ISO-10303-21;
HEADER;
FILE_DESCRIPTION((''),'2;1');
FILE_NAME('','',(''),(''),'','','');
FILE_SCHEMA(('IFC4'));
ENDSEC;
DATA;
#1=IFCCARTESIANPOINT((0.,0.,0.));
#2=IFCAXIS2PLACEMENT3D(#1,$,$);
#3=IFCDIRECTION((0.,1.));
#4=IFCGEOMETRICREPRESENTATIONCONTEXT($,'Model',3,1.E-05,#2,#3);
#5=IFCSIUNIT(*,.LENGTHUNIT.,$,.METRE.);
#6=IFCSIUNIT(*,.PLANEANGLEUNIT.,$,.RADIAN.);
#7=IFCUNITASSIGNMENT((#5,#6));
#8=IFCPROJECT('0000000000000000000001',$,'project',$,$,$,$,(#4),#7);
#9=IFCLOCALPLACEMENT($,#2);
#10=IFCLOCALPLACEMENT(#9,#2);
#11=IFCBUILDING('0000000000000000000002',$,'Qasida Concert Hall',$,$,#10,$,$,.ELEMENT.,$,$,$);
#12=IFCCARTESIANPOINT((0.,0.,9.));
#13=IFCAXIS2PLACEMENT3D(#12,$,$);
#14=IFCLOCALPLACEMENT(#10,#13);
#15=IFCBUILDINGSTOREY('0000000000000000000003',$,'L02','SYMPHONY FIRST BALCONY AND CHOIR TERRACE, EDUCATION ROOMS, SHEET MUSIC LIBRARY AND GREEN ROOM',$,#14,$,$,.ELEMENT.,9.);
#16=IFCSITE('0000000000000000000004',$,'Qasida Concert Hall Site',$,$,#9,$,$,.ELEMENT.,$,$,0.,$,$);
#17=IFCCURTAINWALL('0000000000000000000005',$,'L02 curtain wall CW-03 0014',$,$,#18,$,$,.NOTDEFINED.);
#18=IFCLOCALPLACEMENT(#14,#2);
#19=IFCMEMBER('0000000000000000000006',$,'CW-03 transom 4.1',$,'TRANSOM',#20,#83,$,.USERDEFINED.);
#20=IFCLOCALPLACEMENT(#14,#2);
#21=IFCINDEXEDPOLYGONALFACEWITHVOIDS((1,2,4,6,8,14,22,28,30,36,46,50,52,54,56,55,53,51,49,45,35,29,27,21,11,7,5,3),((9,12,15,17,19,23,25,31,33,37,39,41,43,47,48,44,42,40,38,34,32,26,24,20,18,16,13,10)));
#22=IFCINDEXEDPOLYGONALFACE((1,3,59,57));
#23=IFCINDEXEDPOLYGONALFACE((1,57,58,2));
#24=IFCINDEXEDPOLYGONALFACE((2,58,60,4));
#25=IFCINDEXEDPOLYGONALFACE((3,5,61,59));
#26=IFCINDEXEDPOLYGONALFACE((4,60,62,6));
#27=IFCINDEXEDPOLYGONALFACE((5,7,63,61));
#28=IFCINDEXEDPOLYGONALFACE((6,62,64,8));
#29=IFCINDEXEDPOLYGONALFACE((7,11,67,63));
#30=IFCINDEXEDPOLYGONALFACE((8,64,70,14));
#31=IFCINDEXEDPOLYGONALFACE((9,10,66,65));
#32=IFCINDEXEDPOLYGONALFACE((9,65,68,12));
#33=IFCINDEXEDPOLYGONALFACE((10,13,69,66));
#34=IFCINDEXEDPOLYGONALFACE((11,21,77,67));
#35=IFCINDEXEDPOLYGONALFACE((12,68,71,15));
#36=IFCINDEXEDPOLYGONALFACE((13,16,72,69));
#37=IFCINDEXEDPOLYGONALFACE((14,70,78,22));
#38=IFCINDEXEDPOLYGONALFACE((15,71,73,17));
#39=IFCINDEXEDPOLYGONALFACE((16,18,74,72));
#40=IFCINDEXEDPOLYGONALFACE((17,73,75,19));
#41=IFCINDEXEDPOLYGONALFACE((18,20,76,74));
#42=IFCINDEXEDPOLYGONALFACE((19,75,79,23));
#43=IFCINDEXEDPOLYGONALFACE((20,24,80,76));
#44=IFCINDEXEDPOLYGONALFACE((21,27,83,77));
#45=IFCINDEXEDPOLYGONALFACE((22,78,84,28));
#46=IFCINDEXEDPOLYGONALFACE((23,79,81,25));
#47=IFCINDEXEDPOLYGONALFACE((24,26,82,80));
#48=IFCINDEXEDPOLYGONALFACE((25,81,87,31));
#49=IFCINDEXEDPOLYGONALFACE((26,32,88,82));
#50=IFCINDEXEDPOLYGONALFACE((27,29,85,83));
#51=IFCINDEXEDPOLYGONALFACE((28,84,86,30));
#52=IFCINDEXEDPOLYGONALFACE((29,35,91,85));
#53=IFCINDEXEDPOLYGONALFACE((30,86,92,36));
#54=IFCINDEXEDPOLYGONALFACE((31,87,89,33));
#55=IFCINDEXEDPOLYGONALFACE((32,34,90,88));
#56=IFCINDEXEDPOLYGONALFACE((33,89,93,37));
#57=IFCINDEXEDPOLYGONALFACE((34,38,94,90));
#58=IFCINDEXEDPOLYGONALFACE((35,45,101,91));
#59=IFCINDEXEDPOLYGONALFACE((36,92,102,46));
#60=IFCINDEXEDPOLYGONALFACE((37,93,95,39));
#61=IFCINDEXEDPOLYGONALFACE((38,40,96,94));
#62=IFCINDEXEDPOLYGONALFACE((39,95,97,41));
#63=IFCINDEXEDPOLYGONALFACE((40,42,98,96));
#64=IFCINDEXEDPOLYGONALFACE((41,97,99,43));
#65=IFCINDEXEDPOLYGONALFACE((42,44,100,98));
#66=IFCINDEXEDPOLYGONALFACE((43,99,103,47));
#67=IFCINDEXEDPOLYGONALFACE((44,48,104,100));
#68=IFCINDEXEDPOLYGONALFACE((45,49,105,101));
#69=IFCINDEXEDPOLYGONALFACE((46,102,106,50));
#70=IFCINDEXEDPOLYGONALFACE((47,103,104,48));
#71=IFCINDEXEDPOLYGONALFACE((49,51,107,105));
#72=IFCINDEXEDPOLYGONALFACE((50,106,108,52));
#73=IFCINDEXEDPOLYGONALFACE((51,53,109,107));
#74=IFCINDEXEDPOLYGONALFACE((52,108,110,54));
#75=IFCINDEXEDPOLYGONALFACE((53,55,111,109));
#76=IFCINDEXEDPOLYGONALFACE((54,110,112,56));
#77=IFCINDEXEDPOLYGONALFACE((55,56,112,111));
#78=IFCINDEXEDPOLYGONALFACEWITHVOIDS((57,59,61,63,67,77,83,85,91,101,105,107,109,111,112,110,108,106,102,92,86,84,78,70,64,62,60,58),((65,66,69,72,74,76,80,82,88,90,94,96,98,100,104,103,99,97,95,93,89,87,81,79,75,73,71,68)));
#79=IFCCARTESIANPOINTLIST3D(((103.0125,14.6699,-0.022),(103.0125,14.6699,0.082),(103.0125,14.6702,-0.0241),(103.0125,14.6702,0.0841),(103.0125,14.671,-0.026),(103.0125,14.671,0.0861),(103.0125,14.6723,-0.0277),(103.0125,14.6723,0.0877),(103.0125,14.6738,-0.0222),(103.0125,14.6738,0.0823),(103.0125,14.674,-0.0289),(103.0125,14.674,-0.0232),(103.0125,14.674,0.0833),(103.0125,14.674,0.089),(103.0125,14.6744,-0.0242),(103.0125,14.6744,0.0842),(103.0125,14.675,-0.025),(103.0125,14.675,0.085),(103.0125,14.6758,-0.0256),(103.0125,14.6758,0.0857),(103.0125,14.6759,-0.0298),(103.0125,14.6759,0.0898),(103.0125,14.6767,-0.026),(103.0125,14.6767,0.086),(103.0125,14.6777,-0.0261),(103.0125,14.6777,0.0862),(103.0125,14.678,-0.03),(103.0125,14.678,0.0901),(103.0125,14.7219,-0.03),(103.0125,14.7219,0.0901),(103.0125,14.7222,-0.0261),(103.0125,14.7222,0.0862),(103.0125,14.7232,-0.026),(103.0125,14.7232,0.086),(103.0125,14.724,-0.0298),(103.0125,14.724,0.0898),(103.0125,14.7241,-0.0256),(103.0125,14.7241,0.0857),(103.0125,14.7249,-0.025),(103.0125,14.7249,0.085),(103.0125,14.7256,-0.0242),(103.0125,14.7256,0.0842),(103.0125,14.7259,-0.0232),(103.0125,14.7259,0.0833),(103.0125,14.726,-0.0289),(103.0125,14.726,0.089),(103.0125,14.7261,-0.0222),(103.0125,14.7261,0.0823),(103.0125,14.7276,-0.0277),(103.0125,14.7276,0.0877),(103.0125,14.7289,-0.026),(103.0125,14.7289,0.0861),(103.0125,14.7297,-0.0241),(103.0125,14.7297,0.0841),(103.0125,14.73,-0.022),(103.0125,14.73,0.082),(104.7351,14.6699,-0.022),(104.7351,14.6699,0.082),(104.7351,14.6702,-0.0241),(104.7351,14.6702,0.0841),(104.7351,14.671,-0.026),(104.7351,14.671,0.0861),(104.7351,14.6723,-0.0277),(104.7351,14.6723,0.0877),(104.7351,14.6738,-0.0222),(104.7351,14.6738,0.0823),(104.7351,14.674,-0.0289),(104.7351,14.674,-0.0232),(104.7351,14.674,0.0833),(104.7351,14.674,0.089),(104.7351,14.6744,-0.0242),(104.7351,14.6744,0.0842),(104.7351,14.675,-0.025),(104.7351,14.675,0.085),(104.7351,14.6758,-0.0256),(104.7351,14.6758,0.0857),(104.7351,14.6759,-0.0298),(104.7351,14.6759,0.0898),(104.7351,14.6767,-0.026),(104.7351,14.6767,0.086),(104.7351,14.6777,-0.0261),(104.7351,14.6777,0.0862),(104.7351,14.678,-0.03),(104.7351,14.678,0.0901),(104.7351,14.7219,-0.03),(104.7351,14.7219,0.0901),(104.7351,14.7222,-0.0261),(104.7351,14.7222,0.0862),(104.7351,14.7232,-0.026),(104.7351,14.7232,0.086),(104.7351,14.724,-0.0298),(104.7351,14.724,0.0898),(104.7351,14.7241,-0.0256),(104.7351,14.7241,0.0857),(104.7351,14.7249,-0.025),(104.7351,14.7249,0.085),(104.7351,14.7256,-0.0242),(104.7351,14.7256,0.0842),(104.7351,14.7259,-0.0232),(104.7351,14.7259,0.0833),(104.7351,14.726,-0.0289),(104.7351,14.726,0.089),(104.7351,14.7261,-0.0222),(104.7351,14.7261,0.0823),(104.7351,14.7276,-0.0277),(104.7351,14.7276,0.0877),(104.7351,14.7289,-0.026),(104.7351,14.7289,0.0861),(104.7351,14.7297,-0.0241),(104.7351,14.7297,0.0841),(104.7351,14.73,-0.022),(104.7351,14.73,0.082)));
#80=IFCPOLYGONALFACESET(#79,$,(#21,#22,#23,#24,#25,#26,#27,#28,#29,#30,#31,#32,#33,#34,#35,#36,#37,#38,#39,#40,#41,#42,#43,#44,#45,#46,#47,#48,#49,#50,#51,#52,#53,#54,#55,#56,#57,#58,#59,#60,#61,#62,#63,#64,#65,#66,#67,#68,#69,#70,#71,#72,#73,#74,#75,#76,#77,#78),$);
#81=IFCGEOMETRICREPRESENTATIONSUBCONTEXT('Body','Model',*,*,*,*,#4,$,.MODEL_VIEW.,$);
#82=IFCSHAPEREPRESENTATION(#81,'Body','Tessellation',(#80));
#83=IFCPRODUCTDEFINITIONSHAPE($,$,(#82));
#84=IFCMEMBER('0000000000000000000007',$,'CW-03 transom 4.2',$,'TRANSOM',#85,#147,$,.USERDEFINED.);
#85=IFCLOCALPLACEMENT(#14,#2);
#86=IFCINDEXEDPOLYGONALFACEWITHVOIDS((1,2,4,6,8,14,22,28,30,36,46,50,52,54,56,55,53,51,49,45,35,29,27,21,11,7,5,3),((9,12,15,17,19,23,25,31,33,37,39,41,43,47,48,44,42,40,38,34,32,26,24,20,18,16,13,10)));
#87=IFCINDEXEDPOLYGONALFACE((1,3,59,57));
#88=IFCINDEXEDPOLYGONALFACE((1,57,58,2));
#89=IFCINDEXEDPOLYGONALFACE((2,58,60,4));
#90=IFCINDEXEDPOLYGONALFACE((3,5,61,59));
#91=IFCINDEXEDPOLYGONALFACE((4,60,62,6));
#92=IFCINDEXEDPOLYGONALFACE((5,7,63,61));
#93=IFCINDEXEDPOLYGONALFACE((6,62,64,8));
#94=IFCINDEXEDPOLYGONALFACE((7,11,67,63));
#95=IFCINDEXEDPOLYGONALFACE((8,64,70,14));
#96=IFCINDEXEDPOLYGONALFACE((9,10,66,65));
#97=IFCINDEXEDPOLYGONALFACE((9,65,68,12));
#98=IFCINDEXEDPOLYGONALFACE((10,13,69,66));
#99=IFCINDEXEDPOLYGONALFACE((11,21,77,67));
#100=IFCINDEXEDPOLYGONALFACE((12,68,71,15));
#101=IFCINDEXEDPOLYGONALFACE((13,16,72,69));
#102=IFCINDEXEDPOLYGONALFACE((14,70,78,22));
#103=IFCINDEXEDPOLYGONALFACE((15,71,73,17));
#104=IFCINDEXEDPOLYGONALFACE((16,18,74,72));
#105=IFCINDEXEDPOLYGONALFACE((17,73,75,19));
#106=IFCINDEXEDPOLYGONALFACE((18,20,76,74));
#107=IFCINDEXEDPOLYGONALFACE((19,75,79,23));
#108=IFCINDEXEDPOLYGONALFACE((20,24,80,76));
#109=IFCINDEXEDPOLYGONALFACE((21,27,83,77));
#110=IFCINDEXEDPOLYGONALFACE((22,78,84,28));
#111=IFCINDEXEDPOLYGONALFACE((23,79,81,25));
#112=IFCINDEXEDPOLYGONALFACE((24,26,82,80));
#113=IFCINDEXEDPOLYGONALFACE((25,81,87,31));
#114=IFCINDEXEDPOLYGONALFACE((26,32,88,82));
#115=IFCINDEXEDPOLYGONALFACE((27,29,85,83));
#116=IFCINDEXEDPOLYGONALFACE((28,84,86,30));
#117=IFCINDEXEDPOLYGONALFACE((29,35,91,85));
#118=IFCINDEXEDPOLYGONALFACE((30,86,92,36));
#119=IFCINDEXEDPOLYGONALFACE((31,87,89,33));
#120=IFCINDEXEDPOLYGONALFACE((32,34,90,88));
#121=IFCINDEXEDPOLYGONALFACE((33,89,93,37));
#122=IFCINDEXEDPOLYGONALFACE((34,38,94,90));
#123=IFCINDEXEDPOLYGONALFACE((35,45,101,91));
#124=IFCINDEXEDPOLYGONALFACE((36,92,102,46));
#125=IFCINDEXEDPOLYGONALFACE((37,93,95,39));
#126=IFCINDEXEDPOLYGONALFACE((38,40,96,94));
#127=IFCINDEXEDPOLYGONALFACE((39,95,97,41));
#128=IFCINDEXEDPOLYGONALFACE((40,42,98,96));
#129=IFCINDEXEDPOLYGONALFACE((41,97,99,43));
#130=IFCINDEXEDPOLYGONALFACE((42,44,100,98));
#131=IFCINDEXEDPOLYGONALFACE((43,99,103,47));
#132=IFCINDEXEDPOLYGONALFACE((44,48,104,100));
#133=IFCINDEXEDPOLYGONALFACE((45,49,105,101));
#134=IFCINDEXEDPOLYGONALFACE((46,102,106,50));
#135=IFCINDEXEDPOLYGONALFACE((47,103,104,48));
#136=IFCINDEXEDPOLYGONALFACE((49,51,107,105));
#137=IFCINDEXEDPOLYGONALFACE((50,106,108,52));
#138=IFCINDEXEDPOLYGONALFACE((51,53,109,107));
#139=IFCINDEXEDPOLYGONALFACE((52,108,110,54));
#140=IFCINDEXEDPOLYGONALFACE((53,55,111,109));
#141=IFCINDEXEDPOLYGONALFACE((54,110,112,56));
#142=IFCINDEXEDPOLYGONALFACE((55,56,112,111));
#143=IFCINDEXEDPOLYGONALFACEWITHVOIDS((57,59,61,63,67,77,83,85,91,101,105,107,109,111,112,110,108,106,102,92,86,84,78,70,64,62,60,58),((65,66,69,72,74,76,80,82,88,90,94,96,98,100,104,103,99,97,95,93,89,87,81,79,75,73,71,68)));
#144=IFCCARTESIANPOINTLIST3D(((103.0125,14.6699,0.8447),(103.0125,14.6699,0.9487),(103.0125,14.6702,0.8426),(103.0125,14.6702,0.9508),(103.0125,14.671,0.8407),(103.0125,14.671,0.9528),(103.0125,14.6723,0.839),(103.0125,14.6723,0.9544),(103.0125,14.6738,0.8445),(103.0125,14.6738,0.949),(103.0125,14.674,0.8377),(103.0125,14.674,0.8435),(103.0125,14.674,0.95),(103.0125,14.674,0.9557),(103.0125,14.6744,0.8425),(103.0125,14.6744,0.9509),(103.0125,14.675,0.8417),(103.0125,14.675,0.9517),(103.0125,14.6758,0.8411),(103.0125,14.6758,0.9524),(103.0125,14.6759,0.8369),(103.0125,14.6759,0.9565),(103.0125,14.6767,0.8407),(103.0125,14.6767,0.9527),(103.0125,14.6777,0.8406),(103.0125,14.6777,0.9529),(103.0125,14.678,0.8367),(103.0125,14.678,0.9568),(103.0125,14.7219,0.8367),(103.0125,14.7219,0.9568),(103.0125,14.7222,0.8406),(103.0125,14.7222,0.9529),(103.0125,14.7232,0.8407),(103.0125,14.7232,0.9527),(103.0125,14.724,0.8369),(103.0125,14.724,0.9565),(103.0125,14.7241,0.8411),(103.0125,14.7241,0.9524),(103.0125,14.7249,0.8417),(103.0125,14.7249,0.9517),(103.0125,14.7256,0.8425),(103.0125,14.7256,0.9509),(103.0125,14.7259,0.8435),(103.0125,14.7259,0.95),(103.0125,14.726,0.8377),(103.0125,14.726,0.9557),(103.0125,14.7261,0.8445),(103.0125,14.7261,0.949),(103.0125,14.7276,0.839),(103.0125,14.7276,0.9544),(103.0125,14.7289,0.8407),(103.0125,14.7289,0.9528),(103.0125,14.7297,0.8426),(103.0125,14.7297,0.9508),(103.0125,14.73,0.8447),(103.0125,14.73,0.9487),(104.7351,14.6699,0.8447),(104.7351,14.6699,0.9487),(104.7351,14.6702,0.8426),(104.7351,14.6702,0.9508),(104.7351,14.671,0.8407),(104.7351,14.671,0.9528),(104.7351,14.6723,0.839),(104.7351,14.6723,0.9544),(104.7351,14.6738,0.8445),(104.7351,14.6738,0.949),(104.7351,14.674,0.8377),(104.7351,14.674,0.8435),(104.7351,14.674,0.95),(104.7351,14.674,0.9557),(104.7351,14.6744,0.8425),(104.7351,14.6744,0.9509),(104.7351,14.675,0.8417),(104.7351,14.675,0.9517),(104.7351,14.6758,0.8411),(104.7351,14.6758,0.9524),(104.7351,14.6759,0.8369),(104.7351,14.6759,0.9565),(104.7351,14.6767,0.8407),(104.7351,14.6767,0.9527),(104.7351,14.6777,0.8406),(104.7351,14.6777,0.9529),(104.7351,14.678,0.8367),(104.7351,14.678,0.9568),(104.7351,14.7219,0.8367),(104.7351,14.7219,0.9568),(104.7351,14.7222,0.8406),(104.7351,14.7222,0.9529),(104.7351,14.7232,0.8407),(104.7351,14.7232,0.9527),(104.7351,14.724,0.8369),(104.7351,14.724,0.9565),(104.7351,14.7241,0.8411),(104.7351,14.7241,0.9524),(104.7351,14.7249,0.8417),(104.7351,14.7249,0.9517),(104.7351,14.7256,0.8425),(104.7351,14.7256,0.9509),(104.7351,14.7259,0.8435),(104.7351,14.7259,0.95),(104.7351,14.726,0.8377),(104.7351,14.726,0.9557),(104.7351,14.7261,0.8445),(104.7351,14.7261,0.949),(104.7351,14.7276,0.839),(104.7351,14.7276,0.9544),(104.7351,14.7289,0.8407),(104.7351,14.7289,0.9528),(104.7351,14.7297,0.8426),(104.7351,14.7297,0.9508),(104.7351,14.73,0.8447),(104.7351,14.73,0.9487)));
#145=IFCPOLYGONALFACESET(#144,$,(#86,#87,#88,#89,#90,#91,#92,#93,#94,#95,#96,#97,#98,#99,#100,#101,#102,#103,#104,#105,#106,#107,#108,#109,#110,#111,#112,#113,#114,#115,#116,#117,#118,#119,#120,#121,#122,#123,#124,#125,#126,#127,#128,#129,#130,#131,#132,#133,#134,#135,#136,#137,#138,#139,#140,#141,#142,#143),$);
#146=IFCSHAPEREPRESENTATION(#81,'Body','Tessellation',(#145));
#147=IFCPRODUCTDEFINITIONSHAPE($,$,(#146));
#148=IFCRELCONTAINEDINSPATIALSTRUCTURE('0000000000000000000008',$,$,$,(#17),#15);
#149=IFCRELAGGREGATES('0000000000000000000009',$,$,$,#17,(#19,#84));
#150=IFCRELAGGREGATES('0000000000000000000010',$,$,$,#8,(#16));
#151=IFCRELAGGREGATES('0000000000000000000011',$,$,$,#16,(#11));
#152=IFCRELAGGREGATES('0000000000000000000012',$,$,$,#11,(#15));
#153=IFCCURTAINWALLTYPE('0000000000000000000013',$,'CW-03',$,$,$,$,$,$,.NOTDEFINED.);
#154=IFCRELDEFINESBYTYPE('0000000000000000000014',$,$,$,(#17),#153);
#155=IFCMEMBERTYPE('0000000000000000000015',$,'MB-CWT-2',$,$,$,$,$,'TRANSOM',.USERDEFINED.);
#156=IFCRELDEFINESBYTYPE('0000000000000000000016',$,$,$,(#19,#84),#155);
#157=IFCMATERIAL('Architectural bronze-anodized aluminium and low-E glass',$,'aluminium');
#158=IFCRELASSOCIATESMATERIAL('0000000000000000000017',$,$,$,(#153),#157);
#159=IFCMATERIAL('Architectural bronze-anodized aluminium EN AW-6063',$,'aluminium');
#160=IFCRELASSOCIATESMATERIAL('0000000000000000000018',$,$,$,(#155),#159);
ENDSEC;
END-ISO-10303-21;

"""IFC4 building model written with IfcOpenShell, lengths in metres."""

from ifc_helpers import new_model, si_unit, direction, frame, origin, origin_2d, place, context, subcontext, project, spatial, hollow_rectangle, extrude, material, material_profile, profile_set, type_object, element, aggregate, save


model = new_model("IFC4")

# Units and contexts
model_context = context("Model", 3, precision=1e-05, world=origin(), true_north=direction((0.0, 1.0)))
body_context = subcontext(model_context, "Body", "Model", "MODEL_VIEW")
ifc_project = project(units=[si_unit("LENGTHUNIT", "METRE"), si_unit("PLANEANGLEUNIT", "RADIAN")], contexts=[model_context])

# Site, building, storey
site_placement = place(None, origin())
site = spatial("IfcSite", under=ifc_project, at=site_placement, Name="Qasida Concert Hall Site", CompositionType="ELEMENT", RefElevation=0.0)
building_placement = place(site_placement, origin())
building = spatial("IfcBuilding", under=site, at=building_placement, Name="Qasida Concert Hall", CompositionType="ELEMENT")
storey_placement = place(building_placement, frame((0.0, 0.0, 9.0)))
storey = spatial("IfcBuildingStorey", under=building, at=storey_placement, Name="L02", Description="SYMPHONY FIRST BALCONY AND CHOIR TERRACE, EDUCATION ROOMS, SHEET MUSIC LIBRARY AND GREEN ROOM", CompositionType="ELEMENT", Elevation=9.0)

# Curtain wall, members
ifc_material_1 = material(Name="Architectural bronze-anodized aluminium and low-E glass", Category="aluminium")
curtain_wall_type = type_object("IfcCurtainWallType", Name="CW-03", PredefinedType="NOTDEFINED", material=ifc_material_1)
curtain_wall_placement = place(storey_placement, origin())
curtain_wall = element("IfcCurtainWall", 1, at=curtain_wall_placement, inside=storey, type_object=curtain_wall_type, Name="L02 curtain wall CW-03 0014", PredefinedType="NOTDEFINED")
ifc_material_2 = material(Name="Architectural bronze-anodized aluminium EN AW-6063", Category="aluminium")
ifc_material_profile_1 = material_profile(ifc_material_2, hollow_rectangle(XDim=0.0601, YDim=0.1201, WallThickness=0.0039, InnerFilletRadius=0.0039, OuterFilletRadius=0.0081, at=origin_2d()), Name="CWT 120x60x4")
ifc_profile_set_1 = profile_set([ifc_material_profile_1], Name="Architectural bronze-anodized aluminium EN AW-6063")
member_type_1 = type_object("IfcMemberType", Name="MB-CWT-2", ElementType="TRANSOM", PredefinedType="USERDEFINED", material=ifc_profile_set_1)
member_1_placement = place(storey_placement, frame((103.0125, 14.7, 0.03), z_axis=(1.0, 0.0, 0.0), x_axis=(0.0, 1.0, 0.0)))
member_1 = element("IfcMember", 2, at=member_1_placement, type_object=member_type_1, Name="CW-03 transom 4.1", ObjectType="TRANSOM", PredefinedType="USERDEFINED", context=body_context, shape_type="SweptSolid", body=[
    extrude(hollow_rectangle(XDim=0.0601, YDim=0.1201, WallThickness=0.0039, InnerFilletRadius=0.0039, OuterFilletRadius=0.0081, at=origin_2d()), origin(), (0.0, 0.0, 1.0), 1.7227),
])
member_2_placement = place(storey_placement, frame((103.0125, 14.7, 0.8967), z_axis=(1.0, 0.0, 0.0), x_axis=(0.0, 1.0, 0.0)))
member_2 = element("IfcMember", 3, at=member_2_placement, type_object=member_type_1, Name="CW-03 transom 4.2", ObjectType="TRANSOM", PredefinedType="USERDEFINED", context=body_context, shape_type="SweptSolid", body=[
    extrude(hollow_rectangle(XDim=0.0601, YDim=0.1201, WallThickness=0.0039, InnerFilletRadius=0.0039, OuterFilletRadius=0.0081, at=origin_2d()), origin(), (0.0, 0.0, 1.0), 1.7227),
])

aggregate(curtain_wall, [member_1, member_2])

save(model, "model.ifc")
